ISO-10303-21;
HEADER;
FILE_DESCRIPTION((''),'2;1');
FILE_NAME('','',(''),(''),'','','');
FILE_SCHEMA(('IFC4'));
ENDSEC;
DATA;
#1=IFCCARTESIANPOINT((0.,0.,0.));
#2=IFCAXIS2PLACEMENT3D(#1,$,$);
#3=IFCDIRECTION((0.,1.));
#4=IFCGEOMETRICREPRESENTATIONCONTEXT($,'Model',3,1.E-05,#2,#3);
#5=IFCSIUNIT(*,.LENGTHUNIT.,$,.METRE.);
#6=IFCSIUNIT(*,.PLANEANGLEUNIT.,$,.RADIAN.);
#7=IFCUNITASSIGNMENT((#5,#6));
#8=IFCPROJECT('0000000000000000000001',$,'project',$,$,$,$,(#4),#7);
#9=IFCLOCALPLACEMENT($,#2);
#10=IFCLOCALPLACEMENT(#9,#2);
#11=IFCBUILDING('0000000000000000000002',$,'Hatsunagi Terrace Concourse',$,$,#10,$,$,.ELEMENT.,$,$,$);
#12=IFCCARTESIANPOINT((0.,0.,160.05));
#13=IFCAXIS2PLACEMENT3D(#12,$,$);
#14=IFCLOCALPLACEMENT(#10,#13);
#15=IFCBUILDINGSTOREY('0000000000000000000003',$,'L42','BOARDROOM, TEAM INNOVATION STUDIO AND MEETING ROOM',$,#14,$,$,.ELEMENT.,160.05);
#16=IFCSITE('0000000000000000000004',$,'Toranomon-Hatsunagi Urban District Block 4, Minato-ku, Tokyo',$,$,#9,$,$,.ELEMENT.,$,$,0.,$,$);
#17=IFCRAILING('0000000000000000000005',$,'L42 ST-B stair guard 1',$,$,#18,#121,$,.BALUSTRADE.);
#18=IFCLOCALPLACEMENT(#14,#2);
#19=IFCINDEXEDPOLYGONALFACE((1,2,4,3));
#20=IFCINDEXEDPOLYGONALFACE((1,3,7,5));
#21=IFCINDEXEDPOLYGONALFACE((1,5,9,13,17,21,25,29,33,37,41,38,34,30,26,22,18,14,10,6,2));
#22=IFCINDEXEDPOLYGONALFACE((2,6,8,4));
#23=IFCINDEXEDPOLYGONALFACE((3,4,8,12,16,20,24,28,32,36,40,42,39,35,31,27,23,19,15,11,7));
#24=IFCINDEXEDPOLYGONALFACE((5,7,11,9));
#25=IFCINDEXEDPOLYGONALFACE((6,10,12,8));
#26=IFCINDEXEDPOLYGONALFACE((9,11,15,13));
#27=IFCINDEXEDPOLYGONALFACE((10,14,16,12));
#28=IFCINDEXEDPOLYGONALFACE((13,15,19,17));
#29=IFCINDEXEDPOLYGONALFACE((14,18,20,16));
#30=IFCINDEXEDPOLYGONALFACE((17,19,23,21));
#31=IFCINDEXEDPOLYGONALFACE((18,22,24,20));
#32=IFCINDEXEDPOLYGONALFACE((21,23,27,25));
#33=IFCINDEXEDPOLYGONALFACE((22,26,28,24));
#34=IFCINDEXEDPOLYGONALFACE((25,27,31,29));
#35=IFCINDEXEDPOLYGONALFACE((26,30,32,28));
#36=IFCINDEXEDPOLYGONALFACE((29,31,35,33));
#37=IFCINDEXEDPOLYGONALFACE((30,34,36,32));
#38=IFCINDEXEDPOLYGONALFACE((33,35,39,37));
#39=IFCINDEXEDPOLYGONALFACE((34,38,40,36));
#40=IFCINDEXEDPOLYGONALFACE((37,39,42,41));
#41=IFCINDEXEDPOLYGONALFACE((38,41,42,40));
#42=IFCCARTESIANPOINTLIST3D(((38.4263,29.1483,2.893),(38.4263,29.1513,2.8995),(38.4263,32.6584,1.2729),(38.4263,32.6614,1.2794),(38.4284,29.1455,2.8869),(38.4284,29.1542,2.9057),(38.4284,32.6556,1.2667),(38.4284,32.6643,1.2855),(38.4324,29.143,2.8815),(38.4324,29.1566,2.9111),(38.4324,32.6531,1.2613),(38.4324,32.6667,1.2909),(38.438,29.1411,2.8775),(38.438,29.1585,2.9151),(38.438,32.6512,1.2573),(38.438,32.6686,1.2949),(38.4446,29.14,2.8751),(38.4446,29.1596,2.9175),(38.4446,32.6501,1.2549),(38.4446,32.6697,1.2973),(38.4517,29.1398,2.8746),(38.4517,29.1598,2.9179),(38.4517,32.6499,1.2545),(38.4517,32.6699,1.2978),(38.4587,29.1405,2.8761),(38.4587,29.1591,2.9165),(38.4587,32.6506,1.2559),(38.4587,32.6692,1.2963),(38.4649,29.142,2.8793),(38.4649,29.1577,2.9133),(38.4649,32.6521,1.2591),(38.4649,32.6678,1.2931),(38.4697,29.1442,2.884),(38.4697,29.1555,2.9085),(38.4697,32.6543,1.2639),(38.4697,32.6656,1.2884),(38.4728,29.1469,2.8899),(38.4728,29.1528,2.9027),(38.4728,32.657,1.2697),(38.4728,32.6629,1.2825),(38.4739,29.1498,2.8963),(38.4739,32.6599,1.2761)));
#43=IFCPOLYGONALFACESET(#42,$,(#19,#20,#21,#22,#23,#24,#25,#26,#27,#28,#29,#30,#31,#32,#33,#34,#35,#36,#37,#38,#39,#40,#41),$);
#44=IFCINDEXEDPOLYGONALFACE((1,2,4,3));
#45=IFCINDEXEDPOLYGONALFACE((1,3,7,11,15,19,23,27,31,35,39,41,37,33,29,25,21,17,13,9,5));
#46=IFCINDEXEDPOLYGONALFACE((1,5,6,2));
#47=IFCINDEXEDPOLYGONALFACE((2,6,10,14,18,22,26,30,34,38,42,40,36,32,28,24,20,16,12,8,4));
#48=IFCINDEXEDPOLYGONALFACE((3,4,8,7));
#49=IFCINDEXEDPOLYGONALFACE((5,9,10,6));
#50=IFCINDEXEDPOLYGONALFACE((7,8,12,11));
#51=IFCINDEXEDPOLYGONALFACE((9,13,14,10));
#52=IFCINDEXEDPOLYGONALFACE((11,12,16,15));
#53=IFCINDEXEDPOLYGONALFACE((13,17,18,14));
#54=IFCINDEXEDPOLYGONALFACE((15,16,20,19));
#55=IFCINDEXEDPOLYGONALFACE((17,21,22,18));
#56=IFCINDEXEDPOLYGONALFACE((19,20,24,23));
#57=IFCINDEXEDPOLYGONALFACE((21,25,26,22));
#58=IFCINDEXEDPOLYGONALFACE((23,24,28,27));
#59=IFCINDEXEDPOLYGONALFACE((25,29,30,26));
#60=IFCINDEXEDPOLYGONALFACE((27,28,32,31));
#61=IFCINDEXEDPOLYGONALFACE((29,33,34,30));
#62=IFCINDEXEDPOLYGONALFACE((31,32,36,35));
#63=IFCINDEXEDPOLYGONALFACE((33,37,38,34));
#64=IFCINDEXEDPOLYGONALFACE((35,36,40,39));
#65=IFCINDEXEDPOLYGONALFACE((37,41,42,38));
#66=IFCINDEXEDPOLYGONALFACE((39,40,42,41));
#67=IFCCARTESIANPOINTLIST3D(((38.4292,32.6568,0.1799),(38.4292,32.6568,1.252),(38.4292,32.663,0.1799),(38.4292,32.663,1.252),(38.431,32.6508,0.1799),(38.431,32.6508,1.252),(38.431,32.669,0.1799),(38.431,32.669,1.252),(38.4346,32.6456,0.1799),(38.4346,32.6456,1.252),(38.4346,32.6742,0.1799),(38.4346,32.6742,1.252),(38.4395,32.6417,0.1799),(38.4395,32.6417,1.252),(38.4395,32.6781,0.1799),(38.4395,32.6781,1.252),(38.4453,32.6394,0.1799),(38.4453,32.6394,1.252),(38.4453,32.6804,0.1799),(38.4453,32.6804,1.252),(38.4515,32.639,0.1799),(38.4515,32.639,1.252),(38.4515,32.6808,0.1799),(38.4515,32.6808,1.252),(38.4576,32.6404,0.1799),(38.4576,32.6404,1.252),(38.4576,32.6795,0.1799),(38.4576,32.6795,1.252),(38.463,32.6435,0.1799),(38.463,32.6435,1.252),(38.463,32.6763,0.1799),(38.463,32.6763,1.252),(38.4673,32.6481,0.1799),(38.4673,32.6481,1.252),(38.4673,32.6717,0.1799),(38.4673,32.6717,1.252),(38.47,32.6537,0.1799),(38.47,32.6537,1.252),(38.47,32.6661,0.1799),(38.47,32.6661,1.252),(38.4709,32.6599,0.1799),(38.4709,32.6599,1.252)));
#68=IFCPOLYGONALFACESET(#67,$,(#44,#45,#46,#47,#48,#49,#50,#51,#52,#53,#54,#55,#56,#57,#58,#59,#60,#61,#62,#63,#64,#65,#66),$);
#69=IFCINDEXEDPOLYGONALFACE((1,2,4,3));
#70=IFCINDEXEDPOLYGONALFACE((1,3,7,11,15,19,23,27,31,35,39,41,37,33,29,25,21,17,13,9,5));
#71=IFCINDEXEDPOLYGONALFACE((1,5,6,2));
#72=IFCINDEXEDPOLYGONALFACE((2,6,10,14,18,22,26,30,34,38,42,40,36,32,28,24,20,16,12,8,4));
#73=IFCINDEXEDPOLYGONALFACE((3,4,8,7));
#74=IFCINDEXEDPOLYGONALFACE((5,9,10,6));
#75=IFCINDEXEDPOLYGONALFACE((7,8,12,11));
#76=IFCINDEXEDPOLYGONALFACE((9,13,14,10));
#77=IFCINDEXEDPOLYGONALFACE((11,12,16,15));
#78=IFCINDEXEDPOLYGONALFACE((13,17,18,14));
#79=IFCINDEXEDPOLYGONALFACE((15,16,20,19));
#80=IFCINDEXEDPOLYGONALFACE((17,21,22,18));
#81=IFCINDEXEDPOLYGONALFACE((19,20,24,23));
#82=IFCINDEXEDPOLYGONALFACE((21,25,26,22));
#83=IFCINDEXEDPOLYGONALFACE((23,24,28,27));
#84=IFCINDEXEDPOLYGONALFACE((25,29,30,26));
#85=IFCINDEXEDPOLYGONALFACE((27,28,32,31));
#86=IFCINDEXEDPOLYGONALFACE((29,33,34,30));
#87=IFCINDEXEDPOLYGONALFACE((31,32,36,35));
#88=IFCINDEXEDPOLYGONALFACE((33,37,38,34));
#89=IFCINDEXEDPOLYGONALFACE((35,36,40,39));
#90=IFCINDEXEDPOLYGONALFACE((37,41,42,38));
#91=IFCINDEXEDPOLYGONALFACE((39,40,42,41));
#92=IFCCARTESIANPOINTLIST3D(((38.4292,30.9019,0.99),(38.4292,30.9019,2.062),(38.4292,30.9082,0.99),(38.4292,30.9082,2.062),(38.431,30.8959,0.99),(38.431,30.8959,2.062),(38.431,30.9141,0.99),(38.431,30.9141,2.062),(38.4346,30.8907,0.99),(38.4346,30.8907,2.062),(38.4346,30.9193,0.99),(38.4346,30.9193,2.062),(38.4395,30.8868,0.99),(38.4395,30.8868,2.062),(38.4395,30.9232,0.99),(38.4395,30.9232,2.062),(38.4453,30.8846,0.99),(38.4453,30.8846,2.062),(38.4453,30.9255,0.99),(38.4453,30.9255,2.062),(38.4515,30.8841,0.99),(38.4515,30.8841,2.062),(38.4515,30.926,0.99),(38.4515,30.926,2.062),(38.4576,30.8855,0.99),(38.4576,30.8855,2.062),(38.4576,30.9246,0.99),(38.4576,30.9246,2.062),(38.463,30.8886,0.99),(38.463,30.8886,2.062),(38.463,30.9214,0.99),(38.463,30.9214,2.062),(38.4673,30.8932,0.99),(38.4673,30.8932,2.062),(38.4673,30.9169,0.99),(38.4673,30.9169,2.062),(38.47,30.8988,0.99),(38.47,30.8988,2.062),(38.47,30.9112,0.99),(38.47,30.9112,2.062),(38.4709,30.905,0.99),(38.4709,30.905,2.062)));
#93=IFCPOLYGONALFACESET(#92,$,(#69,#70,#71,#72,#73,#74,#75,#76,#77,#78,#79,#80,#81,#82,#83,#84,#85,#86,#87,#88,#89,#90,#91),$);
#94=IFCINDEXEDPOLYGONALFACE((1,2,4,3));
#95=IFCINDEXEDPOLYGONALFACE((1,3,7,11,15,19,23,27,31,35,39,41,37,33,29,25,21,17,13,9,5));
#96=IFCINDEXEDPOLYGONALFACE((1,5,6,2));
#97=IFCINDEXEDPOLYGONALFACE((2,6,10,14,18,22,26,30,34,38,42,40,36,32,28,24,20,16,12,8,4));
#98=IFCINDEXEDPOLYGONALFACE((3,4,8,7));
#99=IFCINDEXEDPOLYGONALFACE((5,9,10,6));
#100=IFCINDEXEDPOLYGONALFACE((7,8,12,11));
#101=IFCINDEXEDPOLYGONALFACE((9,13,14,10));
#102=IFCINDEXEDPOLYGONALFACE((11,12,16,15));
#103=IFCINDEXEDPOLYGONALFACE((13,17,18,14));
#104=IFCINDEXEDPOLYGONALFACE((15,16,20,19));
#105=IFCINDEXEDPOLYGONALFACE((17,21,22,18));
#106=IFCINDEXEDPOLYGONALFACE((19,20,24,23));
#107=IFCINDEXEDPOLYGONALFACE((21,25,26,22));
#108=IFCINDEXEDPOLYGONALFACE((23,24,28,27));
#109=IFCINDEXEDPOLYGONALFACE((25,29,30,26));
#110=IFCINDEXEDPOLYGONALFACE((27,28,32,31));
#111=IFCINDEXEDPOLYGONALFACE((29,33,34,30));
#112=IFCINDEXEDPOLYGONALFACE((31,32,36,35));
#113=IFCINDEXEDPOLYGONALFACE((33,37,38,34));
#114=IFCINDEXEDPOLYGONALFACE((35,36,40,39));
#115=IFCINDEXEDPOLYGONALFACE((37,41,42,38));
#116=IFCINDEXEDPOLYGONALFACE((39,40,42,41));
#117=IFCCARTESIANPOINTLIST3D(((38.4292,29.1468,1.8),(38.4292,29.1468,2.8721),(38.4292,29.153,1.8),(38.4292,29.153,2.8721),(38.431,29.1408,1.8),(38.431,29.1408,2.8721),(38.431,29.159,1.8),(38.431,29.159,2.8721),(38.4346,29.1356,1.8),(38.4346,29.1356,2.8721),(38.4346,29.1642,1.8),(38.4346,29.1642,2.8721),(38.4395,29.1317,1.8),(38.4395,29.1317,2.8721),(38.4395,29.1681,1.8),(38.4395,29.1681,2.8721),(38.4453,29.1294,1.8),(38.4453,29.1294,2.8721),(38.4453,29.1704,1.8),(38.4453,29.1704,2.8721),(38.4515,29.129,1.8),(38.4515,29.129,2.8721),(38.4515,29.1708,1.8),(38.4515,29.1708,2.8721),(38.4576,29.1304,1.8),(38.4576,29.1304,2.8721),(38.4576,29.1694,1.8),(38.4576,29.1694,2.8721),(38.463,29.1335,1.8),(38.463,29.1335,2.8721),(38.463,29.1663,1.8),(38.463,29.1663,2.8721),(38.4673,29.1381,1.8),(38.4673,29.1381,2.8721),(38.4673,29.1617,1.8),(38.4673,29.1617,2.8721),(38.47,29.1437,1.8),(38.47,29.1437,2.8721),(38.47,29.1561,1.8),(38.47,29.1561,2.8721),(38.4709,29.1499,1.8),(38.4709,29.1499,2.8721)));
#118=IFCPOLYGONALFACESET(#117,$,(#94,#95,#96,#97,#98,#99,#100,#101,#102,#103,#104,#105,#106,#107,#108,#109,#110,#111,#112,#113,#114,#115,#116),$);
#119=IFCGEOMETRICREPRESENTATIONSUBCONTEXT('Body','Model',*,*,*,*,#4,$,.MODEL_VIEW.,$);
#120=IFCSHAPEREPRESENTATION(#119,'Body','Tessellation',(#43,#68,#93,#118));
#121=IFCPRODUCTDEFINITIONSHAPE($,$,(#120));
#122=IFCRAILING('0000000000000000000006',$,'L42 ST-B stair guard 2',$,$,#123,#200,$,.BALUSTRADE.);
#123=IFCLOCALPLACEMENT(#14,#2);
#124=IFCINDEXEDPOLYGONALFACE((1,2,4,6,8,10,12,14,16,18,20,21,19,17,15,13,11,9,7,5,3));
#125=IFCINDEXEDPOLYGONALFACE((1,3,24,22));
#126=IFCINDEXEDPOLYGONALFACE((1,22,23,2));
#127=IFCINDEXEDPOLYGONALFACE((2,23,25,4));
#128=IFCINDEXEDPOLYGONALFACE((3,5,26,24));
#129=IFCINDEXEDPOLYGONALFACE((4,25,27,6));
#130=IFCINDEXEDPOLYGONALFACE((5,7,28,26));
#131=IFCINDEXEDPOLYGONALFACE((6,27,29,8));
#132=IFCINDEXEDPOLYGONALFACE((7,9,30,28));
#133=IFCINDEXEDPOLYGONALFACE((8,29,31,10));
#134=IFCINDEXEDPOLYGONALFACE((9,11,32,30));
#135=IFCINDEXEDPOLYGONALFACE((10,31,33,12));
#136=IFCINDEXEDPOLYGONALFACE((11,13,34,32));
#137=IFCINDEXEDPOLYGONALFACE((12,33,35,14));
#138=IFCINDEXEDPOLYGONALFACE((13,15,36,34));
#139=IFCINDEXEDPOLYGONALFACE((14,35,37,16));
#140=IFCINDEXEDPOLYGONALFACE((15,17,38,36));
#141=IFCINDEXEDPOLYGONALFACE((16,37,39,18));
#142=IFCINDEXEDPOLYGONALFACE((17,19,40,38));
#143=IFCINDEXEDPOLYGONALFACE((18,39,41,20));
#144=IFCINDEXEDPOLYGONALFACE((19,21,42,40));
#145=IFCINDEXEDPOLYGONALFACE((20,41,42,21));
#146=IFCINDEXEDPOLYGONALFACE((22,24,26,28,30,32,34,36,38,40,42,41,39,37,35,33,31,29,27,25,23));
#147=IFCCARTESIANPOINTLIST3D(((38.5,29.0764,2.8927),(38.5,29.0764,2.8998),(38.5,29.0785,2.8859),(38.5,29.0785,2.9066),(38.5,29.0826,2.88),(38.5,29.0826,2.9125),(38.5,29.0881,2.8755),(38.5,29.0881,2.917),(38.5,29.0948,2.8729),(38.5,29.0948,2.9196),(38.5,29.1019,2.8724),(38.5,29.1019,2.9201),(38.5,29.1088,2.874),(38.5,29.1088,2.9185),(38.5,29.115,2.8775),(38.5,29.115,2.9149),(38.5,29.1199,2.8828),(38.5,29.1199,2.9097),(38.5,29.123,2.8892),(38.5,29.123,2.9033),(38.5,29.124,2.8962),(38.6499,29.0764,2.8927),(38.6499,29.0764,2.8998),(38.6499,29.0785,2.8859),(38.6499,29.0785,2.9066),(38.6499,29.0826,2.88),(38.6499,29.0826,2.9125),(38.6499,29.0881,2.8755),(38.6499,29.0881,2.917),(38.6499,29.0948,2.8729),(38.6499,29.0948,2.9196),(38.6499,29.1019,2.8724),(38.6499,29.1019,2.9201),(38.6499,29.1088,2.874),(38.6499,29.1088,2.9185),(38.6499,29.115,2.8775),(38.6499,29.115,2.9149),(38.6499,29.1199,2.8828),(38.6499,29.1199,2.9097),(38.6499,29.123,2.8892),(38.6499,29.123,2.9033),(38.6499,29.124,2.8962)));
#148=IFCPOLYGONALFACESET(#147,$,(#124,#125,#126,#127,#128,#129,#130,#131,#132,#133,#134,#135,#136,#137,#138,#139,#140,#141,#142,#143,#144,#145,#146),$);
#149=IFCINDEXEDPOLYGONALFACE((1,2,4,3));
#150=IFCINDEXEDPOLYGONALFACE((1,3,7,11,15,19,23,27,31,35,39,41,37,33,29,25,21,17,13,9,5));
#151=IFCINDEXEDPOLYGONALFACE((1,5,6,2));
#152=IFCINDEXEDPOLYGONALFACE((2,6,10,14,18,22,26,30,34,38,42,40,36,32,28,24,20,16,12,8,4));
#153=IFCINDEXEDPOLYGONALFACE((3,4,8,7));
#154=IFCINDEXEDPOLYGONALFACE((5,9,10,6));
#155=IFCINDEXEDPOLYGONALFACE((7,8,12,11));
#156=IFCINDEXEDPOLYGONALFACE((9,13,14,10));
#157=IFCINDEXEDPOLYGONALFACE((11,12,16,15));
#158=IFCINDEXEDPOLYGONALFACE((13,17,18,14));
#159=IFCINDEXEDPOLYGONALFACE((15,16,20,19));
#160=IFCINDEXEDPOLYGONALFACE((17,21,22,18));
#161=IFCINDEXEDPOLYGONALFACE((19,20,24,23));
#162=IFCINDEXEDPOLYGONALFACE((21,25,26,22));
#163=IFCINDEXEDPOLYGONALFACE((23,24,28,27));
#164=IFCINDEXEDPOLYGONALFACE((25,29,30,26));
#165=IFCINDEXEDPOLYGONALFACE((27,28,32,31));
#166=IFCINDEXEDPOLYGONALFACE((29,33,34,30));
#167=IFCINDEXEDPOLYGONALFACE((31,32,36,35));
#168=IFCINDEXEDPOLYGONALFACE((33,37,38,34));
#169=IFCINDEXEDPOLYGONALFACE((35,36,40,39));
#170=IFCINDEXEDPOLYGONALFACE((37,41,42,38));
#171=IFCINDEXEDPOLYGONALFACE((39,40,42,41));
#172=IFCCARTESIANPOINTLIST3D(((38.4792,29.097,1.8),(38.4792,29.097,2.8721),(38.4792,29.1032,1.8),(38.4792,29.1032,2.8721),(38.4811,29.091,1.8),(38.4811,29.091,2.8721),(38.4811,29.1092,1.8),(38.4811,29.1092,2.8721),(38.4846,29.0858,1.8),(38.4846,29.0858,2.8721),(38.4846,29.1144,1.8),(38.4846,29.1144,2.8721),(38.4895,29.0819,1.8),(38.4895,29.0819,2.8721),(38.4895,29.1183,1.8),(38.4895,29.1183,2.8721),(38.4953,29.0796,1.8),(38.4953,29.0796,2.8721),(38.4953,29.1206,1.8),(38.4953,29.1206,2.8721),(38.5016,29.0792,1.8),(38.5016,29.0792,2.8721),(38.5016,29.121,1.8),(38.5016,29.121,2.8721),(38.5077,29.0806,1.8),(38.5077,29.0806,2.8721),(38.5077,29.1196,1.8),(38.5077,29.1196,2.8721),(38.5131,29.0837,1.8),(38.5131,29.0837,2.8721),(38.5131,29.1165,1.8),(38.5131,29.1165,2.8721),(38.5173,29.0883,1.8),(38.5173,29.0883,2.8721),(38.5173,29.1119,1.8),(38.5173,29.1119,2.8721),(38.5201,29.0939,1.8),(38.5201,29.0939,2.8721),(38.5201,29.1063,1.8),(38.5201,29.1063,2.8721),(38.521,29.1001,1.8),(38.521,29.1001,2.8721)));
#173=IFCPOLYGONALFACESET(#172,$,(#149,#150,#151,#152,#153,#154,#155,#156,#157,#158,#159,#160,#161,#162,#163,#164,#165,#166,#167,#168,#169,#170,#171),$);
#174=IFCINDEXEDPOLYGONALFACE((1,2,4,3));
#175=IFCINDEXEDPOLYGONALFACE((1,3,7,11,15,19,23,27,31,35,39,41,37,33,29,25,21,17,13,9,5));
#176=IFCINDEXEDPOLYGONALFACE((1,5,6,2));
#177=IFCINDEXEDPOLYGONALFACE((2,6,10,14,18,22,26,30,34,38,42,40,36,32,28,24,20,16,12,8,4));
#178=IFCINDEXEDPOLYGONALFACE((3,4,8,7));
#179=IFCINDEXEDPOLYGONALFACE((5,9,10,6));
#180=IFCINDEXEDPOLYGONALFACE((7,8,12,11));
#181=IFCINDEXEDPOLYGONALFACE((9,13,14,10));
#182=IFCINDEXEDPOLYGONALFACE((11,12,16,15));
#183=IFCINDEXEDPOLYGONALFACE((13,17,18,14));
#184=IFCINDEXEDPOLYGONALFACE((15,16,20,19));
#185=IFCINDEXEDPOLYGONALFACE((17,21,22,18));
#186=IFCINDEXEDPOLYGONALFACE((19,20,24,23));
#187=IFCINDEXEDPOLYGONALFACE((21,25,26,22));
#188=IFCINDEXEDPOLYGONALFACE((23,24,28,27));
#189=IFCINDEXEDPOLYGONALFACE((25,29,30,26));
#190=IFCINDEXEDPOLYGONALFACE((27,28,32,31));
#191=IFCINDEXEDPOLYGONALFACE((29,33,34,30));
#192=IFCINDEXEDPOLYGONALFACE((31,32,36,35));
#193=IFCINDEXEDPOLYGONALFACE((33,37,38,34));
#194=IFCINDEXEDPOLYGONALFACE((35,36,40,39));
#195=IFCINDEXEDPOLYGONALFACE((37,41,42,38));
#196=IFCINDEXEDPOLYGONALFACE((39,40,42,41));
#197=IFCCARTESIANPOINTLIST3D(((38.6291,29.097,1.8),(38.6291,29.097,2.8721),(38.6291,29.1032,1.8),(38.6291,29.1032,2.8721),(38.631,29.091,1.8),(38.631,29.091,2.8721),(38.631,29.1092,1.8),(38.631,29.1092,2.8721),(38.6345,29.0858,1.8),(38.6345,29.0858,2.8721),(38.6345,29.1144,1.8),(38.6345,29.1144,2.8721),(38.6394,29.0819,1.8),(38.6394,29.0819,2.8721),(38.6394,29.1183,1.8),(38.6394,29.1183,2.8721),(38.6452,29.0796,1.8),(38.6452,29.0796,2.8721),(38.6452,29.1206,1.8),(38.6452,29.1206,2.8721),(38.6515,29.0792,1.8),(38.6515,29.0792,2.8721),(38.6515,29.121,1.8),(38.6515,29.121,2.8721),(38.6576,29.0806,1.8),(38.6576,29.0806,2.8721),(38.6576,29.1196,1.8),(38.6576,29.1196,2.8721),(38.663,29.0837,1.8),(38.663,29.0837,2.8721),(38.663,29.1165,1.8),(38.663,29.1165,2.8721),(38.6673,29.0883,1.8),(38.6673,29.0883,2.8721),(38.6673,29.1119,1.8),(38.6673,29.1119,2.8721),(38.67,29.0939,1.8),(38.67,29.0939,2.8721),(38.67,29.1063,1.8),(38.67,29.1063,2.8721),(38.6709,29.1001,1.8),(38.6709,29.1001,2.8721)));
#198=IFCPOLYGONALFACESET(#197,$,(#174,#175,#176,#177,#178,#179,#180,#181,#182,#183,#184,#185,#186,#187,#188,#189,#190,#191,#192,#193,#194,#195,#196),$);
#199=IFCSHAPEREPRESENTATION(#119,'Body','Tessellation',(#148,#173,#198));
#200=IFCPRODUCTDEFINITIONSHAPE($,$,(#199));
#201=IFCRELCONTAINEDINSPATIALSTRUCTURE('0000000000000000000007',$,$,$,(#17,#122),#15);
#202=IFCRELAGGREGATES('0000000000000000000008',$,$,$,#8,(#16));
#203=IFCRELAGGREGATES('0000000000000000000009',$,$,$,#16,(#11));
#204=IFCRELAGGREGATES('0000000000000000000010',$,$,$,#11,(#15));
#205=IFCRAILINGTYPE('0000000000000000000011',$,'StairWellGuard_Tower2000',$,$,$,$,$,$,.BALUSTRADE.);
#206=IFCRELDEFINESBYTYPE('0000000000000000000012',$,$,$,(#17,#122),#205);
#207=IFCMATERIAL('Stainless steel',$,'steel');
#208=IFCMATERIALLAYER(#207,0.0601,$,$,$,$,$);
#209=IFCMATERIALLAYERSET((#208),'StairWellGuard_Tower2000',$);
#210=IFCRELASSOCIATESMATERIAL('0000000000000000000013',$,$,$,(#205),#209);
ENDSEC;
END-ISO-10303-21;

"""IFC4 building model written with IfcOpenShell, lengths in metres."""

from ifc_helpers import new_model, si_unit, direction, frame, origin, origin_2d, place, context, subcontext, project, spatial, circle, extrude, material, layer, layer_set, type_object, element, save


model = new_model("IFC4")

# Units and contexts
model_context = context("Model", 3, precision=1e-05, world=origin(), true_north=direction((0.0, 1.0)))
body_context = subcontext(model_context, "Body", "Model", "MODEL_VIEW")
ifc_project = project(units=[si_unit("LENGTHUNIT", "METRE"), si_unit("PLANEANGLEUNIT", "RADIAN")], contexts=[model_context])

# Site, building, storey
site_placement = place(None, origin())
site = spatial("IfcSite", under=ifc_project, at=site_placement, Name="Toranomon-Hatsunagi Urban District Block 4, Minato-ku, Tokyo", CompositionType="ELEMENT", RefElevation=0.0)
building_placement = place(site_placement, origin())
building = spatial("IfcBuilding", under=site, at=building_placement, Name="Hatsunagi Terrace Concourse", CompositionType="ELEMENT")
storey_placement = place(building_placement, frame((0.0, 0.0, 160.05)))
storey = spatial("IfcBuildingStorey", under=building, at=storey_placement, Name="L42", Description="BOARDROOM, TEAM INNOVATION STUDIO AND MEETING ROOM", CompositionType="ELEMENT", Elevation=160.05)

# Railings
ifc_material_1 = material(Name="Stainless steel", Category="steel")
ifc_layer_1 = layer(ifc_material_1, 0.0601)
ifc_layer_set_1 = layer_set([ifc_layer_1], Name="StairWellGuard_Tower2000")
railing_type_1 = type_object("IfcRailingType", Name="StairWellGuard_Tower2000", PredefinedType="BALUSTRADE", material=ifc_layer_set_1)
railing_1_placement = place(storey_placement, frame((38.45, 32.6599, 0.1799)))
element("IfcRailing", 1, at=railing_1_placement, inside=storey, type_object=railing_type_1, Name="L42 ST-B stair guard 1", PredefinedType="BALUSTRADE", context=body_context, shape_type="SweptSolid", body=[
    extrude(circle(Radius=0.0239, at=origin_2d()), frame((0.0, 0.0, 1.0962), z_axis=(0.0, -0.907948, 0.419082), x_axis=(1.0, 0.0, 0.0)), (0.0, 0.0, 1.0), 3.866),
    extrude(circle(Radius=0.021, at=origin_2d()), origin(), (0.0, 0.0, 1.0), 1.072),
    extrude(circle(Radius=0.021, at=origin_2d()), frame((0.0, -1.7549, 0.8101)), (0.0, 0.0, 1.0), 1.072),
    extrude(circle(Radius=0.021, at=origin_2d()), frame((0.0, -3.51, 1.6201)), (0.0, 0.0, 1.0), 1.072),
])
railing_2_placement = place(storey_placement, frame((38.5, 29.1001, 1.8)))
element("IfcRailing", 2, at=railing_2_placement, inside=storey, type_object=railing_type_1, Name="L42 ST-B stair guard 2", PredefinedType="BALUSTRADE", context=body_context, shape_type="SweptSolid", body=[
    extrude(circle(Radius=0.0239, at=origin_2d()), frame((0.0, 0.0, 1.0962), z_axis=(1.0, 0.0, 0.0), x_axis=(0.0, 1.0, 0.0)), (0.0, 0.0, 1.0), 0.1499),
    extrude(circle(Radius=0.021, at=origin_2d()), origin(), (0.0, 0.0, 1.0), 1.072),
    extrude(circle(Radius=0.021, at=origin_2d()), frame((0.1499, 0.0, 0.0)), (0.0, 0.0, 1.0), 1.072),
])

save(model, "model.ifc")
